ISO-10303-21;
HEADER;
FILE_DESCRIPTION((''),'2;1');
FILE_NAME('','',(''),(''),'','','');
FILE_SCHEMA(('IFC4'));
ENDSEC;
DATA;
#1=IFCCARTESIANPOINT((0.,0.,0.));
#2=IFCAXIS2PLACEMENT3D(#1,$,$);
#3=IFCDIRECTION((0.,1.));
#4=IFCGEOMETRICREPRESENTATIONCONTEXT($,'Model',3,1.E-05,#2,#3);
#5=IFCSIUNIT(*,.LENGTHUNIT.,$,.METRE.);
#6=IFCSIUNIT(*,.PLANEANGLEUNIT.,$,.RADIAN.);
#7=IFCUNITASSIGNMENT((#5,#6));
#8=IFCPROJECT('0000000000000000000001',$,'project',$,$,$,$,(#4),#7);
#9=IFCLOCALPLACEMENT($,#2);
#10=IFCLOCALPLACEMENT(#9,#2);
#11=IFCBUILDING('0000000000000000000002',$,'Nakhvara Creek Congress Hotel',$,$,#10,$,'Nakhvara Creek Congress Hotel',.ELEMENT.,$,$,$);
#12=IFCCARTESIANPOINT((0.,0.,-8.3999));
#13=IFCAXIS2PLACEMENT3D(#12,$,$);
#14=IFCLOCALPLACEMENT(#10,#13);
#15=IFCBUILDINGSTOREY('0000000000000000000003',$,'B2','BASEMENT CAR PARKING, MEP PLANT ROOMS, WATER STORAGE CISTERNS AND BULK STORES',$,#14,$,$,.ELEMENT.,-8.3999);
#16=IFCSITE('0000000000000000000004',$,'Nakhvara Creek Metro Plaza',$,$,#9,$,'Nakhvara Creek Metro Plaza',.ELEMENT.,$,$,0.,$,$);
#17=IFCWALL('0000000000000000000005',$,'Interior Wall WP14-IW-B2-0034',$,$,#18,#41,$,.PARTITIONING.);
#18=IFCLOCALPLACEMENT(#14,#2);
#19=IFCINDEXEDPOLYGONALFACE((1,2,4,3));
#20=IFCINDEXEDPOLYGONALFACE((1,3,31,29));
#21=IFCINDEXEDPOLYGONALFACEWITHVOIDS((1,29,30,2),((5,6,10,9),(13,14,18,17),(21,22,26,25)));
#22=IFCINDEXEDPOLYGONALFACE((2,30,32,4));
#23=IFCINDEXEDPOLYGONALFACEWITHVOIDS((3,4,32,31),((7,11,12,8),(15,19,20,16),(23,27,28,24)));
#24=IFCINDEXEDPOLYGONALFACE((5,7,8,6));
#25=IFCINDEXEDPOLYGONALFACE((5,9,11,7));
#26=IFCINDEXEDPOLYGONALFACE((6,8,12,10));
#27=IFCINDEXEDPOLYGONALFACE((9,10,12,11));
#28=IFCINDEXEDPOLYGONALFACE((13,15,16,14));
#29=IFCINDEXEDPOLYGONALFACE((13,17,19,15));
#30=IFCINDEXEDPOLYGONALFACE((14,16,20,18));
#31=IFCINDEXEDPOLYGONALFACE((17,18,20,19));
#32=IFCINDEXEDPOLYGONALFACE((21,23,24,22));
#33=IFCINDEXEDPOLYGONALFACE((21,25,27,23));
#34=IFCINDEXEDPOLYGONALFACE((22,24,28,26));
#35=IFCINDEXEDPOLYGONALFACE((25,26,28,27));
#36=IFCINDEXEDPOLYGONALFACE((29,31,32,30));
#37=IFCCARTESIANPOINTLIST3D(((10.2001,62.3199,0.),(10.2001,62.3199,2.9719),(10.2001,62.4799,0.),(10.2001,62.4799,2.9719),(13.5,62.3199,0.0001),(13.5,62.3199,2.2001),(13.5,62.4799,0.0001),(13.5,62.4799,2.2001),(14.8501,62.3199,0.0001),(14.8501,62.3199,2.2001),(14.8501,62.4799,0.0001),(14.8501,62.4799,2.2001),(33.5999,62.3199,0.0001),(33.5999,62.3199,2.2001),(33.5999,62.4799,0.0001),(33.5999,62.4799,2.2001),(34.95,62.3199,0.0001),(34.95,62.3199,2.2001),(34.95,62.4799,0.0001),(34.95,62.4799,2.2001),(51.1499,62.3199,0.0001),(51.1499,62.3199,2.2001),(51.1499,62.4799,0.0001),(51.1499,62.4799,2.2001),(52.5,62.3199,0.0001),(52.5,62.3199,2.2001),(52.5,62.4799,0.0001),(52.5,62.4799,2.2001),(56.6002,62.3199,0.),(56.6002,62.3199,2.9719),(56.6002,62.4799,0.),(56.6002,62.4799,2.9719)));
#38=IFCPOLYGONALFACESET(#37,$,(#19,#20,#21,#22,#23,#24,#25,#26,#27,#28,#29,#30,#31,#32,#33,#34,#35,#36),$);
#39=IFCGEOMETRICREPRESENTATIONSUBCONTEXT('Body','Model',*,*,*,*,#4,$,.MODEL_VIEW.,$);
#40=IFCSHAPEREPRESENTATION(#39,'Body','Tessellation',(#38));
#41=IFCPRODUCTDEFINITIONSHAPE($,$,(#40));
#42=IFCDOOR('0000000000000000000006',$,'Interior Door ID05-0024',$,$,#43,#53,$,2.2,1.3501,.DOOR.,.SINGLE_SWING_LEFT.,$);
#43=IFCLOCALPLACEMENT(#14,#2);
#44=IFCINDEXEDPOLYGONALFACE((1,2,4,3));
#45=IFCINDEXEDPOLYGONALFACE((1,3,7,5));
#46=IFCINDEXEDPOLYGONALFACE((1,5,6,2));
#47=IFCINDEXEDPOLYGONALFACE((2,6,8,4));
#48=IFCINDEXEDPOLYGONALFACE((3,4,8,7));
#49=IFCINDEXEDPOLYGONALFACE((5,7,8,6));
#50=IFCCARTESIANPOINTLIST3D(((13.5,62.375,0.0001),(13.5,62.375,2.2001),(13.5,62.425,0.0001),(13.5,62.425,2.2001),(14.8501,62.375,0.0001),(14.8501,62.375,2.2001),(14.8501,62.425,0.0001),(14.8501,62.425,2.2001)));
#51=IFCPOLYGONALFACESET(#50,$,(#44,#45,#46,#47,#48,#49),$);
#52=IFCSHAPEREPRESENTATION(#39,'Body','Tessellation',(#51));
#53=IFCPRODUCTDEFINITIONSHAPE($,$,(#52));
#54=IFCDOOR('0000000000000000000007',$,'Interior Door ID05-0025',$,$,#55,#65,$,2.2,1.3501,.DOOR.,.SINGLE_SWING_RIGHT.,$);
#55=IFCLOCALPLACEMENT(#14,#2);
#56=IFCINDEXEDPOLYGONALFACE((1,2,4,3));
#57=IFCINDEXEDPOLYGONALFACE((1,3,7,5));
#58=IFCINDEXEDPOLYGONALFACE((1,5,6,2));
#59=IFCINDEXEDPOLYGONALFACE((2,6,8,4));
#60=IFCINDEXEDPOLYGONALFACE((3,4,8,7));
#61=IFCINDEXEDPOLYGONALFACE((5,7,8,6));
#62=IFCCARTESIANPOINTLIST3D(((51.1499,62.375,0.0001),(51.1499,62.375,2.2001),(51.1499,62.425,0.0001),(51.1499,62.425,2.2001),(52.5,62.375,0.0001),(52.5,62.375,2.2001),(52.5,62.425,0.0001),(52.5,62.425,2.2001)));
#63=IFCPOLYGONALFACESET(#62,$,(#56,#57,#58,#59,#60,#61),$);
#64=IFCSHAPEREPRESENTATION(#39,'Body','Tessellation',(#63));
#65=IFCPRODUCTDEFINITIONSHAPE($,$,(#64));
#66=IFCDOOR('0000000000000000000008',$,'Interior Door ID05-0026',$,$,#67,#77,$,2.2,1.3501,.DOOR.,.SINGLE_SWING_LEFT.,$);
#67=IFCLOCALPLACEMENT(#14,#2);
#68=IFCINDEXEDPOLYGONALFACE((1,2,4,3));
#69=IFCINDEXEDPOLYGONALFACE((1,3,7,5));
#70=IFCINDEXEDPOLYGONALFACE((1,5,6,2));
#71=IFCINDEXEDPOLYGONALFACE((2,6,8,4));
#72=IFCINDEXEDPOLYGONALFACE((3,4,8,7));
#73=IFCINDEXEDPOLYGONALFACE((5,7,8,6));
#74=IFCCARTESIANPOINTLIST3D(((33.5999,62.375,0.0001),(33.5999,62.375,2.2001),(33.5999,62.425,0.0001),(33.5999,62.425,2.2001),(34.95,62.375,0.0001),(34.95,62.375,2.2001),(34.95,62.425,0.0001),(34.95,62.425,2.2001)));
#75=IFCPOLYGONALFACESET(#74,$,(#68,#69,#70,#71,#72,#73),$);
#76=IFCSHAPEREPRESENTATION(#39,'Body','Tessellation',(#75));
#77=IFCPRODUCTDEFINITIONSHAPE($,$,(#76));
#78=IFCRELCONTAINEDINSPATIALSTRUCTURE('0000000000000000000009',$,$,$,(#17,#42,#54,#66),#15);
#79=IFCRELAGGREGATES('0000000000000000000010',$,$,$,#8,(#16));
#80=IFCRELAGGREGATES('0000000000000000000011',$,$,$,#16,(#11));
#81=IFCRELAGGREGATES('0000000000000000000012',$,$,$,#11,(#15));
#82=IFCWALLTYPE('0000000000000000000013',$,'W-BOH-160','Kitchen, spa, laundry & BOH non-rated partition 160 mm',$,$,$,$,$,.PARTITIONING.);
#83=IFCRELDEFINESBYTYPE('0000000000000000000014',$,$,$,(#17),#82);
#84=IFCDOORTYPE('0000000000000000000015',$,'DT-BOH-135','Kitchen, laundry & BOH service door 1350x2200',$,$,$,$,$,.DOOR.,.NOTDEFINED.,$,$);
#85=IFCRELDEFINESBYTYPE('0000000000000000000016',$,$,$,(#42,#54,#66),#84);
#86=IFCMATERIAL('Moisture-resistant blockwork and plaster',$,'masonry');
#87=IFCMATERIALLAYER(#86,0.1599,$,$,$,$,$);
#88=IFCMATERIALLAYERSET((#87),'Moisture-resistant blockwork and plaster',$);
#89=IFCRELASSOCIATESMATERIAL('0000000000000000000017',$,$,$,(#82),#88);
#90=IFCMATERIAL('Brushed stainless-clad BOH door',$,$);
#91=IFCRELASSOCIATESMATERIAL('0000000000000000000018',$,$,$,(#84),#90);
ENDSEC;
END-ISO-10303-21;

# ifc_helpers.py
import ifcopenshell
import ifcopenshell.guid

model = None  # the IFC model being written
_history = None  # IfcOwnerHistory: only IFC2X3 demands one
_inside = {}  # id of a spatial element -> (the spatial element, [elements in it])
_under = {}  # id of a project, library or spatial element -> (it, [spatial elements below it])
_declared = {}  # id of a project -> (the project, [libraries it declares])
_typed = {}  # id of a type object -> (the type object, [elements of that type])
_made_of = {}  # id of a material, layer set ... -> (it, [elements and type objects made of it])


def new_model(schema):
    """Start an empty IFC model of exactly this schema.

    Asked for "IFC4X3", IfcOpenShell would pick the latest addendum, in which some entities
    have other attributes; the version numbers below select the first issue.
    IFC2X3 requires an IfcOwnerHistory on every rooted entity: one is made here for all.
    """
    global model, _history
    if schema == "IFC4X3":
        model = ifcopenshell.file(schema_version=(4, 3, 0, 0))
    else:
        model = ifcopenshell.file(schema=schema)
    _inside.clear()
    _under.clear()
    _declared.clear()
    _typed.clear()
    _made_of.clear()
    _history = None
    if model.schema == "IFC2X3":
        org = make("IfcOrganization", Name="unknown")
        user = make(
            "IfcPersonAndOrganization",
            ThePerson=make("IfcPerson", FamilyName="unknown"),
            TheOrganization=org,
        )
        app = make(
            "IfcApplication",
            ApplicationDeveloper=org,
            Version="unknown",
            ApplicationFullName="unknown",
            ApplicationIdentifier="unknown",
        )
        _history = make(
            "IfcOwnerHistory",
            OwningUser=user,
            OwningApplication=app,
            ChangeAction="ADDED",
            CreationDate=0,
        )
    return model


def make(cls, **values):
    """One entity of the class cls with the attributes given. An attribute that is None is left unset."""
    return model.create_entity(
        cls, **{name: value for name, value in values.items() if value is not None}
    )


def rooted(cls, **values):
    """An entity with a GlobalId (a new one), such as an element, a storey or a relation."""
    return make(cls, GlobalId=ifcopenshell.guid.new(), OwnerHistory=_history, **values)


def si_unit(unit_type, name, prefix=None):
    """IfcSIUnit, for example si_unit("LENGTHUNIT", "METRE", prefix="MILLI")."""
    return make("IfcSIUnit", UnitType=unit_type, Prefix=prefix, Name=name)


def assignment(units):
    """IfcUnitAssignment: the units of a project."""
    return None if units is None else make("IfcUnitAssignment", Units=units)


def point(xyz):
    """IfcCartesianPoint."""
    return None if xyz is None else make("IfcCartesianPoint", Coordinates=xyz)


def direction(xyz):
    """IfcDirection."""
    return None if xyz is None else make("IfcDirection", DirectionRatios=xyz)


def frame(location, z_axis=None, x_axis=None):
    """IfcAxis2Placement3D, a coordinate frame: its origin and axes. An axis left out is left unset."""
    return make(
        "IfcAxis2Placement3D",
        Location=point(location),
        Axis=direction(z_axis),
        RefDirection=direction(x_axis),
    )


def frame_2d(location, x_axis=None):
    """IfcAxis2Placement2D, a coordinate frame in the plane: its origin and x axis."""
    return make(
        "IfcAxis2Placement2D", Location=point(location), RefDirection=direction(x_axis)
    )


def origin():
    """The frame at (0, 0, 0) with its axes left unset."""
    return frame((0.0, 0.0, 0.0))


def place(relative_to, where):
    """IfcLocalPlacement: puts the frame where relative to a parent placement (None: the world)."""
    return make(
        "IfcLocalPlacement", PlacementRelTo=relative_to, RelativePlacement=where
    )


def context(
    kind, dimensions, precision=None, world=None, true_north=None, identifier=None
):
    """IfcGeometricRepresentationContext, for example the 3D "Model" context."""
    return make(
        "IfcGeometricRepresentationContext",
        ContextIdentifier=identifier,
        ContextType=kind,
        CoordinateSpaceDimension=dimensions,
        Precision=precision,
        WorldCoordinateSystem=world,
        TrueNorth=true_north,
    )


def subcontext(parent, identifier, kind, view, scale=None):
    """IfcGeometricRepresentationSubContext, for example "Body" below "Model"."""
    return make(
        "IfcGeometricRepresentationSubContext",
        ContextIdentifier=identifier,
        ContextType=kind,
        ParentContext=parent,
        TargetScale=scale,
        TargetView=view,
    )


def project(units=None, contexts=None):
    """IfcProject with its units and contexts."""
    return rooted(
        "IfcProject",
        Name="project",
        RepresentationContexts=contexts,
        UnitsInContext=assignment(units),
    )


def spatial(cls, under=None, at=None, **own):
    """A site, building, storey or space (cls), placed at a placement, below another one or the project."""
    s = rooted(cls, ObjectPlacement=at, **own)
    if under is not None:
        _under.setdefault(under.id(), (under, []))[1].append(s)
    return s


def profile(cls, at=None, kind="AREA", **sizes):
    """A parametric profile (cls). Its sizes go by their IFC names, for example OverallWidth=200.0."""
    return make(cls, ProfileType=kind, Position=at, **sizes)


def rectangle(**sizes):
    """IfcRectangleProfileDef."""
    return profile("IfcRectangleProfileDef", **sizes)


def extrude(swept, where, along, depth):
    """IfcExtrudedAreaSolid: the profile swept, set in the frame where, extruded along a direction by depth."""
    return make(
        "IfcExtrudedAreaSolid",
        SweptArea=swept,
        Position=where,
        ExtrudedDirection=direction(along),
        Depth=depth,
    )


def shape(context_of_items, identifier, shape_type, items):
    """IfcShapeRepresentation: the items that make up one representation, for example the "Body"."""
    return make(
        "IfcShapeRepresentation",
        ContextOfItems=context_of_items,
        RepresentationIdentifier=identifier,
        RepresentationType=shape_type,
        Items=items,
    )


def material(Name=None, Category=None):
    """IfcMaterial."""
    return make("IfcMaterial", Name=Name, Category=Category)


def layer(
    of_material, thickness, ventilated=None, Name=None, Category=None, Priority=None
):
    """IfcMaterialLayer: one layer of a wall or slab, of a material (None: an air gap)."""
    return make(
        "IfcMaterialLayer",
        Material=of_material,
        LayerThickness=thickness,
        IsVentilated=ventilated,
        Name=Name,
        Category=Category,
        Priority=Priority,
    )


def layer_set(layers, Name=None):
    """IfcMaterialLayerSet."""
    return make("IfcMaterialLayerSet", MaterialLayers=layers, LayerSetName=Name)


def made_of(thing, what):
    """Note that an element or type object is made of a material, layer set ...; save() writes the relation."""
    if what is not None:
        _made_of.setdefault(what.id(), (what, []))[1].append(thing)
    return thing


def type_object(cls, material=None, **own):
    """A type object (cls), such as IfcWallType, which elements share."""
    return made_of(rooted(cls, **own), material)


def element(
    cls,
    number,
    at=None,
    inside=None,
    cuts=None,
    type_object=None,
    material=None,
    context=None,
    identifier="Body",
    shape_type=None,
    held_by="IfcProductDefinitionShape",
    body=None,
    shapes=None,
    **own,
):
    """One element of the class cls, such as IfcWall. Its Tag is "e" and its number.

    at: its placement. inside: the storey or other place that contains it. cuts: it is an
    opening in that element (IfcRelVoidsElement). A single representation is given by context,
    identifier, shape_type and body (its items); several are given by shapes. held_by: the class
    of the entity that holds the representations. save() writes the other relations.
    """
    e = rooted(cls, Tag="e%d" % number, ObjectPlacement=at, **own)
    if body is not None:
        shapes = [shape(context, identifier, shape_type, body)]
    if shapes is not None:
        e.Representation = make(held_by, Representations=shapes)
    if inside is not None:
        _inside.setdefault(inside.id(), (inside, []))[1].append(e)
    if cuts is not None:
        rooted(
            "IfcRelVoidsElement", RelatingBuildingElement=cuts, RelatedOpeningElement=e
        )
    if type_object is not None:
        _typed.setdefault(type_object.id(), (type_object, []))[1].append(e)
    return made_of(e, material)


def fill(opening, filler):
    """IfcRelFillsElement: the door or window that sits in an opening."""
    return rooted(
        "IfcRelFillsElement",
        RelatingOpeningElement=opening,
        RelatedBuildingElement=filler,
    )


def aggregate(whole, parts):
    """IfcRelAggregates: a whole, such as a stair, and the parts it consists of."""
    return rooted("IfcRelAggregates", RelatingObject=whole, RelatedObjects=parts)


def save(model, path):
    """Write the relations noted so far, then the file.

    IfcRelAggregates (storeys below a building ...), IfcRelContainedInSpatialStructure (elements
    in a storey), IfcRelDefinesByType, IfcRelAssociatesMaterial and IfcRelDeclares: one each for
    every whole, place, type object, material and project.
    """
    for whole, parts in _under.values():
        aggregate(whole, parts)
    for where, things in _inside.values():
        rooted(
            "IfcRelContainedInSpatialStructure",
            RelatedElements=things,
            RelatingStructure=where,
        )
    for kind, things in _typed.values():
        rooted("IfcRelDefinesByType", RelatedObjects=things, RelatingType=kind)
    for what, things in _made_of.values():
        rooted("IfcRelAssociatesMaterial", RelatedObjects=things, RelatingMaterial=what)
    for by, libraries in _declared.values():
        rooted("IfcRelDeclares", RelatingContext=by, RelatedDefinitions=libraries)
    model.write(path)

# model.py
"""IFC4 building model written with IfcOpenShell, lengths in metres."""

from ifc_helpers import new_model, si_unit, direction, frame, frame_2d, origin, place, context, subcontext, project, spatial, rectangle, extrude, material, layer, layer_set, type_object, element, fill, save


model = new_model("IFC4")

# Units and contexts
model_context = context("Model", 3, precision=1e-05, world=origin(), true_north=direction((0.0, 1.0)))
body_context = subcontext(model_context, "Body", "Model", "MODEL_VIEW")
ifc_project = project(units=[si_unit("LENGTHUNIT", "METRE"), si_unit("PLANEANGLEUNIT", "RADIAN")], contexts=[model_context])

# Site, building, storey
site_placement = place(None, origin())
site = spatial("IfcSite", under=ifc_project, at=site_placement, Name="Nakhvara Creek Metro Plaza", LongName="Nakhvara Creek Metro Plaza", CompositionType="ELEMENT", RefElevation=0.0)
building_placement = place(site_placement, origin())
building = spatial("IfcBuilding", under=site, at=building_placement, Name="Nakhvara Creek Congress Hotel", LongName="Nakhvara Creek Congress Hotel", CompositionType="ELEMENT")
storey_placement = place(building_placement, frame((0.0, 0.0, -8.3999)))
storey = spatial("IfcBuildingStorey", under=building, at=storey_placement, Name="B2", Description="BASEMENT CAR PARKING, MEP PLANT ROOMS, WATER STORAGE CISTERNS AND BULK STORES", CompositionType="ELEMENT", Elevation=-8.3999)

# Wall, openings, doors
ifc_material_1 = material(Name="Moisture-resistant blockwork and plaster", Category="masonry")
ifc_layer = layer(ifc_material_1, 0.1599)
ifc_layer_set = layer_set([ifc_layer], Name="Moisture-resistant blockwork and plaster")
wall_type = type_object("IfcWallType", Name="W-BOH-160", Description="Kitchen, spa, laundry & BOH non-rated partition 160 mm", PredefinedType="PARTITIONING", material=ifc_layer_set)
wall_placement = place(storey_placement, frame((10.2, 62.3999, 0.0), z_axis=(0.0, 0.0, 1.0), x_axis=(1.0, 0.0, 0.0)))
wall = element("IfcWall", 1, at=wall_placement, inside=storey, type_object=wall_type, Name="Interior Wall WP14-IW-B2-0034", PredefinedType="PARTITIONING", context=body_context, shape_type="SweptSolid", body=[
    extrude(rectangle(XDim=46.4001, YDim=0.1599, at=frame_2d((23.2002, 0.0))), origin(), (0.0, 0.0, 1.0), 2.9719),
])
opening_1_placement = place(wall_placement, frame((3.3, 0.0, 0.0)))
opening_1 = element("IfcOpeningElement", 2, at=opening_1_placement, cuts=wall, PredefinedType="OPENING", context=body_context, shape_type="SweptSolid", body=[
    extrude(rectangle(XDim=1.3501, YDim=2.2, at=frame_2d((0.675, 1.1001))), frame((0.0, 0.0918, 0.0), z_axis=(0.0, -1.0, 0.0), x_axis=(1.0, 0.0, 0.0)), (0.0, 0.0, 1.0), 0.1838),
])
opening_2_placement = place(wall_placement, frame((40.95, 0.0, 0.0)))
opening_2 = element("IfcOpeningElement", 3, at=opening_2_placement, cuts=wall, PredefinedType="OPENING", context=body_context, shape_type="SweptSolid", body=[
    extrude(rectangle(XDim=1.3501, YDim=2.2, at=frame_2d((0.675, 1.1001))), frame((0.0, 0.0918, 0.0), z_axis=(0.0, -1.0, 0.0), x_axis=(1.0, 0.0, 0.0)), (0.0, 0.0, 1.0), 0.1838),
])
opening_3_placement = place(wall_placement, frame((23.3999, 0.0, 0.0)))
opening_3 = element("IfcOpeningElement", 4, at=opening_3_placement, cuts=wall, PredefinedType="OPENING", context=body_context, shape_type="SweptSolid", body=[
    extrude(rectangle(XDim=1.3501, YDim=2.2, at=frame_2d((0.675, 1.1001))), frame((0.0, 0.0918, 0.0), z_axis=(0.0, -1.0, 0.0), x_axis=(1.0, 0.0, 0.0)), (0.0, 0.0, 1.0), 0.1838),
])
ifc_material_2 = material(Name="Brushed stainless-clad BOH door")
door_type = type_object("IfcDoorType", Name="DT-BOH-135", Description="Kitchen, laundry & BOH service door 1350x2200", OperationType="NOTDEFINED", PredefinedType="DOOR", material=ifc_material_2)
door_1_placement = place(opening_1_placement, frame((1.3501, 0.0, 0.0), z_axis=(0.0, 0.0, 1.0), x_axis=(-1.0, 0.0, 0.0)))
door_1 = element("IfcDoor", 5, at=door_1_placement, inside=storey, type_object=door_type, Name="Interior Door ID05-0024", OperationType="SINGLE_SWING_LEFT", OverallHeight=2.2, OverallWidth=1.3501, PredefinedType="DOOR", context=body_context, shape_type="SweptSolid", body=[
    extrude(rectangle(XDim=1.3501, YDim=2.2, at=frame_2d((0.675, 1.1001))), frame((0.0, 0.0249, 0.0), z_axis=(0.0, -1.0, 0.0), x_axis=(1.0, 0.0, 0.0)), (0.0, 0.0, 1.0), 0.05),
])
fill(opening_1, door_1)
door_2_placement = place(opening_2_placement, frame((1.3501, 0.0, 0.0), z_axis=(0.0, 0.0, 1.0), x_axis=(-1.0, 0.0, 0.0)))
door_2 = element("IfcDoor", 6, at=door_2_placement, inside=storey, type_object=door_type, Name="Interior Door ID05-0025", OperationType="SINGLE_SWING_RIGHT", OverallHeight=2.2, OverallWidth=1.3501, PredefinedType="DOOR", context=body_context, shape_type="SweptSolid", body=[
    extrude(rectangle(XDim=1.3501, YDim=2.2, at=frame_2d((0.675, 1.1001))), frame((0.0, 0.0249, 0.0), z_axis=(0.0, -1.0, 0.0), x_axis=(1.0, 0.0, 0.0)), (0.0, 0.0, 1.0), 0.05),
])
fill(opening_2, door_2)
door_3_placement = place(opening_3_placement, frame((1.3501, 0.0, 0.0), z_axis=(0.0, 0.0, 1.0), x_axis=(-1.0, 0.0, 0.0)))
door_3 = element("IfcDoor", 7, at=door_3_placement, inside=storey, type_object=door_type, Name="Interior Door ID05-0026", OperationType="SINGLE_SWING_LEFT", OverallHeight=2.2, OverallWidth=1.3501, PredefinedType="DOOR", context=body_context, shape_type="SweptSolid", body=[
    extrude(rectangle(XDim=1.3501, YDim=2.2, at=frame_2d((0.675, 1.1001))), frame((0.0, 0.0249, 0.0), z_axis=(0.0, -1.0, 0.0), x_axis=(1.0, 0.0, 0.0)), (0.0, 0.0, 1.0), 0.05),
])
fill(opening_3, door_3)

save(model, "model.ifc")
